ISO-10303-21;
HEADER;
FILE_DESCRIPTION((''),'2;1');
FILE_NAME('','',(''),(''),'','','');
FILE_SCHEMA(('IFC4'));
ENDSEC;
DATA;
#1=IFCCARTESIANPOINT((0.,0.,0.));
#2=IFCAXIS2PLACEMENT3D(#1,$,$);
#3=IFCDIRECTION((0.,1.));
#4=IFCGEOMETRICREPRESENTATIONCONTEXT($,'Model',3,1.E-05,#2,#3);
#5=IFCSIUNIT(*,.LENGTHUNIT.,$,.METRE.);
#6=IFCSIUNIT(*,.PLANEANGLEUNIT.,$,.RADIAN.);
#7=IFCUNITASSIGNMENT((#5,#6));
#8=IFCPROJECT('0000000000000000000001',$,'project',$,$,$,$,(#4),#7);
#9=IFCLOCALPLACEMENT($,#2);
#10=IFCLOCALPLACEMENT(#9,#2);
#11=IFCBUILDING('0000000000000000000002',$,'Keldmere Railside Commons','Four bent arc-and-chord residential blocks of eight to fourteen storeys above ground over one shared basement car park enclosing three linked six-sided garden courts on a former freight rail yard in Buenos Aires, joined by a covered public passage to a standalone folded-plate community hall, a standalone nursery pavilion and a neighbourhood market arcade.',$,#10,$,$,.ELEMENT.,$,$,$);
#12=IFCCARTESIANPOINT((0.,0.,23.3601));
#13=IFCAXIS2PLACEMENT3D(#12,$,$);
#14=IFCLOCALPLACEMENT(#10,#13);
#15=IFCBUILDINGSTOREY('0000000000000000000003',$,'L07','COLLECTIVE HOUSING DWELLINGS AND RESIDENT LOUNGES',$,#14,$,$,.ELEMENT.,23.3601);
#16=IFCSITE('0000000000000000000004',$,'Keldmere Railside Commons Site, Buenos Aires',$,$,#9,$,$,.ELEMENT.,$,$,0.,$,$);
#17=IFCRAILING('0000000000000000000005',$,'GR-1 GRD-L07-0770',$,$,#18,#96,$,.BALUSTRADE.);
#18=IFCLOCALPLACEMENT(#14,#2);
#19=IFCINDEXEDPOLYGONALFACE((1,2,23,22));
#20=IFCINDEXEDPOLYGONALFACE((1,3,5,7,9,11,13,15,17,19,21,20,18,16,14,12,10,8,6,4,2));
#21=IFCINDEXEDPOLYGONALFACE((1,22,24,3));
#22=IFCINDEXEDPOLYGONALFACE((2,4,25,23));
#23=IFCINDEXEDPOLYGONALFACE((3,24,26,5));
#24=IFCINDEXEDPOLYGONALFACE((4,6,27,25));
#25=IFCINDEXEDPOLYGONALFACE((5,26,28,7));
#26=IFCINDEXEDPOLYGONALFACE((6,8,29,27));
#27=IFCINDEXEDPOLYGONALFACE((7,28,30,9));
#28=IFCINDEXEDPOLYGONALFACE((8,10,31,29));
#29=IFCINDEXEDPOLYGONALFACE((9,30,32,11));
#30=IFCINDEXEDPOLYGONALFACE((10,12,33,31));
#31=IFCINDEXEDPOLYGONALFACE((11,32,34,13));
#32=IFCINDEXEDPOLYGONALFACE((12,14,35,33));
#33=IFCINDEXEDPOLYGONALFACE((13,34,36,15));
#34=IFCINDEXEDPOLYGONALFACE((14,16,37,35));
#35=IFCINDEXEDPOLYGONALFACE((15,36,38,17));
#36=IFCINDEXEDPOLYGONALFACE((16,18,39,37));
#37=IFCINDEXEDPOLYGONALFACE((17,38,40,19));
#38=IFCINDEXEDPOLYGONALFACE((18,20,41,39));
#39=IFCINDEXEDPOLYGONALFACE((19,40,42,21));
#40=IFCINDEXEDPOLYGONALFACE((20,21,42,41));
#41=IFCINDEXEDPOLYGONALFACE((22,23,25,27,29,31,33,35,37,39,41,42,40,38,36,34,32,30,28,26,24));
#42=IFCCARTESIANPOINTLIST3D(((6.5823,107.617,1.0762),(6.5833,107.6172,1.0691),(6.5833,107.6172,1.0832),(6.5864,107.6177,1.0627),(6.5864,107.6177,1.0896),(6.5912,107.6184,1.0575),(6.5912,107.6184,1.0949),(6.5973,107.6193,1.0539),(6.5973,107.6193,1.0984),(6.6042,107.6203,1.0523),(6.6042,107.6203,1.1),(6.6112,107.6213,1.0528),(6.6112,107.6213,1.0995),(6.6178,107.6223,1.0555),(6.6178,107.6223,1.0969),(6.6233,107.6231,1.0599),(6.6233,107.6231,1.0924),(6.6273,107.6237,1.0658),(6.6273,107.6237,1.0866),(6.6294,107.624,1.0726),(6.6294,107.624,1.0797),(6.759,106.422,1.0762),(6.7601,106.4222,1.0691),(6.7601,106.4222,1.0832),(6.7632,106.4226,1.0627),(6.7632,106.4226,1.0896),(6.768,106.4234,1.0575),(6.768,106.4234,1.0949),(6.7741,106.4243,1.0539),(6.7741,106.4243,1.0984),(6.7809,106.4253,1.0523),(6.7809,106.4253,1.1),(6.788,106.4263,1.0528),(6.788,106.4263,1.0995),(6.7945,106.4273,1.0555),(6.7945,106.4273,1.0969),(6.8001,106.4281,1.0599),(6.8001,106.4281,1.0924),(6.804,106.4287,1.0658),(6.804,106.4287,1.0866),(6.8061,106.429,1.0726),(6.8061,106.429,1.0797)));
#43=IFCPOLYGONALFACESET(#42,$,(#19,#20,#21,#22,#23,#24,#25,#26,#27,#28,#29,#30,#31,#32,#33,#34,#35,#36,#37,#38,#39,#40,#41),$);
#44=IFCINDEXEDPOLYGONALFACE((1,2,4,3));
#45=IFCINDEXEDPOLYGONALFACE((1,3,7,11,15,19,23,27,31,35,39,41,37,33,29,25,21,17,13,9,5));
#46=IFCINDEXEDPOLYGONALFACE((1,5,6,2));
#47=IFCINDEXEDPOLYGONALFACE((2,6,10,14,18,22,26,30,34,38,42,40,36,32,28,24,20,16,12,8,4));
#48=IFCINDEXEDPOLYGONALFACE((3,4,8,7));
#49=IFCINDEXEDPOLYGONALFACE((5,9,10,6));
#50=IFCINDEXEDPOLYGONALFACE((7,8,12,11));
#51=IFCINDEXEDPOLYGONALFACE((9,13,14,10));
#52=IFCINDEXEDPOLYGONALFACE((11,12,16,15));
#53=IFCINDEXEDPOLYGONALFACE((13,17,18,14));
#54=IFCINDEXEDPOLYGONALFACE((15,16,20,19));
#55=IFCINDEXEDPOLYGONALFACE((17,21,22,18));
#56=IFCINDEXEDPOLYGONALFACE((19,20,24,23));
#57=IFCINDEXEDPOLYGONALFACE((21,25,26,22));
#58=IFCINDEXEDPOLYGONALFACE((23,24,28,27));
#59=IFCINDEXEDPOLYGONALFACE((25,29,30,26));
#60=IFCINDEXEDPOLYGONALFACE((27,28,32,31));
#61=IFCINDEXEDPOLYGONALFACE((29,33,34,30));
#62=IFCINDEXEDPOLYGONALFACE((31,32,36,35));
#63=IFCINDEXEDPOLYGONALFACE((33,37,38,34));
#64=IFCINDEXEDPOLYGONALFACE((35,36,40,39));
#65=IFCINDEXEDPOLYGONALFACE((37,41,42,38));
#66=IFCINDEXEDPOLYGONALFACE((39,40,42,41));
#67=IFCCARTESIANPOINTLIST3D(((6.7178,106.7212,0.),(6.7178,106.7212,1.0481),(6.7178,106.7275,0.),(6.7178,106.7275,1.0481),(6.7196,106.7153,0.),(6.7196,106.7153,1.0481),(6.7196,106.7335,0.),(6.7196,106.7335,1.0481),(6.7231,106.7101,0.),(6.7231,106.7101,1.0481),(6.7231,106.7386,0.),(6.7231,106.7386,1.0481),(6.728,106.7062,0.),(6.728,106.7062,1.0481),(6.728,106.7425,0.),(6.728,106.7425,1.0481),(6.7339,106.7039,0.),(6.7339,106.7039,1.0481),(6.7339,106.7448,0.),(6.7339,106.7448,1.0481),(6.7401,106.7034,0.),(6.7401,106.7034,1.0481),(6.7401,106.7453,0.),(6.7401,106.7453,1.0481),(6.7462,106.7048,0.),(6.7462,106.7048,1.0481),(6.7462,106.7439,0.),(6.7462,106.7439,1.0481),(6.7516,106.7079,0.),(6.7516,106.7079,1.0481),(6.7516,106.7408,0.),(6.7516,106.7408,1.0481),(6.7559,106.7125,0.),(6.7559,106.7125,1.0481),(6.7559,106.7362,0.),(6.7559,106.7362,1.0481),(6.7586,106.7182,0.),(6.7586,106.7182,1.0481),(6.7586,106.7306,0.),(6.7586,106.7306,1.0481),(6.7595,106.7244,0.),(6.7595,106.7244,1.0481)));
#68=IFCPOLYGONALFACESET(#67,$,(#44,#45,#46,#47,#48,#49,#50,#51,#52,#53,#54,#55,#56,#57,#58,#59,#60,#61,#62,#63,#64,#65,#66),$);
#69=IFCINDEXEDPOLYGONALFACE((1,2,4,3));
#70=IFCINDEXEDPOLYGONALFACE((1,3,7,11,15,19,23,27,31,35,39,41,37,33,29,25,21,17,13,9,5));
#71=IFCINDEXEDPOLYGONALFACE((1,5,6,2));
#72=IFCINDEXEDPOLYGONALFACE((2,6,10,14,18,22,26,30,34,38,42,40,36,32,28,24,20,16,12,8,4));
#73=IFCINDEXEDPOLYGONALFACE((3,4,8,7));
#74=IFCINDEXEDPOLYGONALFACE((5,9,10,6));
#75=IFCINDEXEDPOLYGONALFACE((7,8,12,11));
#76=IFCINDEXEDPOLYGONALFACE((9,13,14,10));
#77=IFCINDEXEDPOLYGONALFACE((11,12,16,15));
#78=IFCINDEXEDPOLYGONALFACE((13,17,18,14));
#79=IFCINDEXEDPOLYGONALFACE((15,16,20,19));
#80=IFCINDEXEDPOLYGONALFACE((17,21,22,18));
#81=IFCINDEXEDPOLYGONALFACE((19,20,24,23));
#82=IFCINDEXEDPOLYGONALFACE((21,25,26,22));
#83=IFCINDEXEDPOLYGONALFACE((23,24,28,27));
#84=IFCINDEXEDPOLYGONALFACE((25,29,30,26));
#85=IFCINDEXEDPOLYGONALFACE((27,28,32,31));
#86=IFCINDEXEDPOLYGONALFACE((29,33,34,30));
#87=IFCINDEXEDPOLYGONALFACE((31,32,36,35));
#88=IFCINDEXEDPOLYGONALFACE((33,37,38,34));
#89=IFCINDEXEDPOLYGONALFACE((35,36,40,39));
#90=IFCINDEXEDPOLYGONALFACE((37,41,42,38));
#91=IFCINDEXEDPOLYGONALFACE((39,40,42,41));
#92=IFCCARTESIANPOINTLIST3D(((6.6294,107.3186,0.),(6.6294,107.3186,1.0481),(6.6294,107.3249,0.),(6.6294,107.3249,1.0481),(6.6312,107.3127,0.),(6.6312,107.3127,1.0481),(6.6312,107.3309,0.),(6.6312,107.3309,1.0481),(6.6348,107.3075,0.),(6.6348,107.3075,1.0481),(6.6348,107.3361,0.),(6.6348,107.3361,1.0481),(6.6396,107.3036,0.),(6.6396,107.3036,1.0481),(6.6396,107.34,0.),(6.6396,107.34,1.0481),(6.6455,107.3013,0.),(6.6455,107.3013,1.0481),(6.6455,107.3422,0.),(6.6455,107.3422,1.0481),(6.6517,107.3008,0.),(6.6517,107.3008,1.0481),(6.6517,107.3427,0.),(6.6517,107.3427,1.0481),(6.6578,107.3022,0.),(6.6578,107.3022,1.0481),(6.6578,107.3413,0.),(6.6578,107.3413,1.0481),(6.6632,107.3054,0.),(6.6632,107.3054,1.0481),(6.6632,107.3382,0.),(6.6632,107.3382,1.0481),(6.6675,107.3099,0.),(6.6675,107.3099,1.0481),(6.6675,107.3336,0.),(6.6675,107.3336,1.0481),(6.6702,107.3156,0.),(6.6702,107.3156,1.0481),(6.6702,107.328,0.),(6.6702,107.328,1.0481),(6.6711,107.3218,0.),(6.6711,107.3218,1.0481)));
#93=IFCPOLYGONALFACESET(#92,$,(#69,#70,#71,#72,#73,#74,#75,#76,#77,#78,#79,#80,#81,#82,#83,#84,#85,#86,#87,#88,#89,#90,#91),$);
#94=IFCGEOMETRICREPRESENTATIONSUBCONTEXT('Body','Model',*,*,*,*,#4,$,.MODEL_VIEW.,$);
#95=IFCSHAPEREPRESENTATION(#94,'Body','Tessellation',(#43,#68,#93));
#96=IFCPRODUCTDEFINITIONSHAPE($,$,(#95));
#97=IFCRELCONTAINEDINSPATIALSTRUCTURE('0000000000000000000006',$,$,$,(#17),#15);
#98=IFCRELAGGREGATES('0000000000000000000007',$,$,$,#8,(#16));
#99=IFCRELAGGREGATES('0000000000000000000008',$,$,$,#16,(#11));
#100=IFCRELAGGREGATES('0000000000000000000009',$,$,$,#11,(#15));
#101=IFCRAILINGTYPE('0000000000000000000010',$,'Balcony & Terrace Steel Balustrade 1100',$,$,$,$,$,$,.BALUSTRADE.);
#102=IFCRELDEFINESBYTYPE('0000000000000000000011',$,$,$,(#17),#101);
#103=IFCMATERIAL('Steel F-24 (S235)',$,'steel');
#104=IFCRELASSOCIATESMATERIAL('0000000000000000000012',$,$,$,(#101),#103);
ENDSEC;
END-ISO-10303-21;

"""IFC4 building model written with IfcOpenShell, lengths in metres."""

from ifc_helpers import new_model, si_unit, direction, frame, origin, origin_2d, place, context, subcontext, project, spatial, circle, extrude, material, type_object, element, save


model = new_model("IFC4")

# Units and contexts
model_context = context("Model", 3, precision=1e-05, world=origin(), true_north=direction((0.0, 1.0)))
body_context = subcontext(model_context, "Body", "Model", "MODEL_VIEW")
ifc_project = project(units=[si_unit("LENGTHUNIT", "METRE"), si_unit("PLANEANGLEUNIT", "RADIAN")], contexts=[model_context])

# Site, building, storey
site_placement = place(None, origin())
site = spatial("IfcSite", under=ifc_project, at=site_placement, Name="Keldmere Railside Commons Site, Buenos Aires", CompositionType="ELEMENT", RefElevation=0.0)
building_placement = place(site_placement, origin())
building = spatial("IfcBuilding", under=site, at=building_placement, Name="Keldmere Railside Commons", Description="Four bent arc-and-chord residential blocks of eight to fourteen storeys above ground over one shared basement car park enclosing three linked six-sided garden courts on a former freight rail yard in Buenos Aires, joined by a covered public passage to a standalone folded-plate community hall, a standalone nursery pavilion and a neighbourhood market arcade.", CompositionType="ELEMENT")
storey_placement = place(building_placement, frame((0.0, 0.0, 23.3601)))
storey = spatial("IfcBuildingStorey", under=building, at=storey_placement, Name="L07", Description="COLLECTIVE HOUSING DWELLINGS AND RESIDENT LOUNGES", CompositionType="ELEMENT", Elevation=23.3601)

# Railing
ifc_material_1 = material(Name="Steel F-24 (S235)", Category="steel")
railing_type = type_object("IfcRailingType", Name="Balcony & Terrace Steel Balustrade 1100", PredefinedType="BALUSTRADE", material=ifc_material_1)
railing_1_placement = place(storey_placement, frame((6.7827, 106.4255, 0.0)))
element("IfcRailing", 1, at=railing_1_placement, inside=storey, type_object=railing_type, Name="GR-1 GRD-L07-0770", PredefinedType="BALUSTRADE", context=body_context, shape_type="SweptSolid", body=[
    extrude(circle(Radius=0.0239, at=origin_2d()), frame((0.0, 0.0, 1.0762), z_axis=(-0.146314, 0.989238, 0.0), x_axis=(-0.989238, -0.146314, 0.0)), (0.0, 0.0, 1.0), 1.208),
    extrude(circle(Radius=0.021, at=origin_2d()), frame((-0.0442, 0.2988, 0.0)), (0.0, 0.0, 1.0), 1.0481),
    extrude(circle(Radius=0.021, at=origin_2d()), frame((-0.1326, 0.8962, 0.0)), (0.0, 0.0, 1.0), 1.0481),
])

save(model, "model.ifc")
